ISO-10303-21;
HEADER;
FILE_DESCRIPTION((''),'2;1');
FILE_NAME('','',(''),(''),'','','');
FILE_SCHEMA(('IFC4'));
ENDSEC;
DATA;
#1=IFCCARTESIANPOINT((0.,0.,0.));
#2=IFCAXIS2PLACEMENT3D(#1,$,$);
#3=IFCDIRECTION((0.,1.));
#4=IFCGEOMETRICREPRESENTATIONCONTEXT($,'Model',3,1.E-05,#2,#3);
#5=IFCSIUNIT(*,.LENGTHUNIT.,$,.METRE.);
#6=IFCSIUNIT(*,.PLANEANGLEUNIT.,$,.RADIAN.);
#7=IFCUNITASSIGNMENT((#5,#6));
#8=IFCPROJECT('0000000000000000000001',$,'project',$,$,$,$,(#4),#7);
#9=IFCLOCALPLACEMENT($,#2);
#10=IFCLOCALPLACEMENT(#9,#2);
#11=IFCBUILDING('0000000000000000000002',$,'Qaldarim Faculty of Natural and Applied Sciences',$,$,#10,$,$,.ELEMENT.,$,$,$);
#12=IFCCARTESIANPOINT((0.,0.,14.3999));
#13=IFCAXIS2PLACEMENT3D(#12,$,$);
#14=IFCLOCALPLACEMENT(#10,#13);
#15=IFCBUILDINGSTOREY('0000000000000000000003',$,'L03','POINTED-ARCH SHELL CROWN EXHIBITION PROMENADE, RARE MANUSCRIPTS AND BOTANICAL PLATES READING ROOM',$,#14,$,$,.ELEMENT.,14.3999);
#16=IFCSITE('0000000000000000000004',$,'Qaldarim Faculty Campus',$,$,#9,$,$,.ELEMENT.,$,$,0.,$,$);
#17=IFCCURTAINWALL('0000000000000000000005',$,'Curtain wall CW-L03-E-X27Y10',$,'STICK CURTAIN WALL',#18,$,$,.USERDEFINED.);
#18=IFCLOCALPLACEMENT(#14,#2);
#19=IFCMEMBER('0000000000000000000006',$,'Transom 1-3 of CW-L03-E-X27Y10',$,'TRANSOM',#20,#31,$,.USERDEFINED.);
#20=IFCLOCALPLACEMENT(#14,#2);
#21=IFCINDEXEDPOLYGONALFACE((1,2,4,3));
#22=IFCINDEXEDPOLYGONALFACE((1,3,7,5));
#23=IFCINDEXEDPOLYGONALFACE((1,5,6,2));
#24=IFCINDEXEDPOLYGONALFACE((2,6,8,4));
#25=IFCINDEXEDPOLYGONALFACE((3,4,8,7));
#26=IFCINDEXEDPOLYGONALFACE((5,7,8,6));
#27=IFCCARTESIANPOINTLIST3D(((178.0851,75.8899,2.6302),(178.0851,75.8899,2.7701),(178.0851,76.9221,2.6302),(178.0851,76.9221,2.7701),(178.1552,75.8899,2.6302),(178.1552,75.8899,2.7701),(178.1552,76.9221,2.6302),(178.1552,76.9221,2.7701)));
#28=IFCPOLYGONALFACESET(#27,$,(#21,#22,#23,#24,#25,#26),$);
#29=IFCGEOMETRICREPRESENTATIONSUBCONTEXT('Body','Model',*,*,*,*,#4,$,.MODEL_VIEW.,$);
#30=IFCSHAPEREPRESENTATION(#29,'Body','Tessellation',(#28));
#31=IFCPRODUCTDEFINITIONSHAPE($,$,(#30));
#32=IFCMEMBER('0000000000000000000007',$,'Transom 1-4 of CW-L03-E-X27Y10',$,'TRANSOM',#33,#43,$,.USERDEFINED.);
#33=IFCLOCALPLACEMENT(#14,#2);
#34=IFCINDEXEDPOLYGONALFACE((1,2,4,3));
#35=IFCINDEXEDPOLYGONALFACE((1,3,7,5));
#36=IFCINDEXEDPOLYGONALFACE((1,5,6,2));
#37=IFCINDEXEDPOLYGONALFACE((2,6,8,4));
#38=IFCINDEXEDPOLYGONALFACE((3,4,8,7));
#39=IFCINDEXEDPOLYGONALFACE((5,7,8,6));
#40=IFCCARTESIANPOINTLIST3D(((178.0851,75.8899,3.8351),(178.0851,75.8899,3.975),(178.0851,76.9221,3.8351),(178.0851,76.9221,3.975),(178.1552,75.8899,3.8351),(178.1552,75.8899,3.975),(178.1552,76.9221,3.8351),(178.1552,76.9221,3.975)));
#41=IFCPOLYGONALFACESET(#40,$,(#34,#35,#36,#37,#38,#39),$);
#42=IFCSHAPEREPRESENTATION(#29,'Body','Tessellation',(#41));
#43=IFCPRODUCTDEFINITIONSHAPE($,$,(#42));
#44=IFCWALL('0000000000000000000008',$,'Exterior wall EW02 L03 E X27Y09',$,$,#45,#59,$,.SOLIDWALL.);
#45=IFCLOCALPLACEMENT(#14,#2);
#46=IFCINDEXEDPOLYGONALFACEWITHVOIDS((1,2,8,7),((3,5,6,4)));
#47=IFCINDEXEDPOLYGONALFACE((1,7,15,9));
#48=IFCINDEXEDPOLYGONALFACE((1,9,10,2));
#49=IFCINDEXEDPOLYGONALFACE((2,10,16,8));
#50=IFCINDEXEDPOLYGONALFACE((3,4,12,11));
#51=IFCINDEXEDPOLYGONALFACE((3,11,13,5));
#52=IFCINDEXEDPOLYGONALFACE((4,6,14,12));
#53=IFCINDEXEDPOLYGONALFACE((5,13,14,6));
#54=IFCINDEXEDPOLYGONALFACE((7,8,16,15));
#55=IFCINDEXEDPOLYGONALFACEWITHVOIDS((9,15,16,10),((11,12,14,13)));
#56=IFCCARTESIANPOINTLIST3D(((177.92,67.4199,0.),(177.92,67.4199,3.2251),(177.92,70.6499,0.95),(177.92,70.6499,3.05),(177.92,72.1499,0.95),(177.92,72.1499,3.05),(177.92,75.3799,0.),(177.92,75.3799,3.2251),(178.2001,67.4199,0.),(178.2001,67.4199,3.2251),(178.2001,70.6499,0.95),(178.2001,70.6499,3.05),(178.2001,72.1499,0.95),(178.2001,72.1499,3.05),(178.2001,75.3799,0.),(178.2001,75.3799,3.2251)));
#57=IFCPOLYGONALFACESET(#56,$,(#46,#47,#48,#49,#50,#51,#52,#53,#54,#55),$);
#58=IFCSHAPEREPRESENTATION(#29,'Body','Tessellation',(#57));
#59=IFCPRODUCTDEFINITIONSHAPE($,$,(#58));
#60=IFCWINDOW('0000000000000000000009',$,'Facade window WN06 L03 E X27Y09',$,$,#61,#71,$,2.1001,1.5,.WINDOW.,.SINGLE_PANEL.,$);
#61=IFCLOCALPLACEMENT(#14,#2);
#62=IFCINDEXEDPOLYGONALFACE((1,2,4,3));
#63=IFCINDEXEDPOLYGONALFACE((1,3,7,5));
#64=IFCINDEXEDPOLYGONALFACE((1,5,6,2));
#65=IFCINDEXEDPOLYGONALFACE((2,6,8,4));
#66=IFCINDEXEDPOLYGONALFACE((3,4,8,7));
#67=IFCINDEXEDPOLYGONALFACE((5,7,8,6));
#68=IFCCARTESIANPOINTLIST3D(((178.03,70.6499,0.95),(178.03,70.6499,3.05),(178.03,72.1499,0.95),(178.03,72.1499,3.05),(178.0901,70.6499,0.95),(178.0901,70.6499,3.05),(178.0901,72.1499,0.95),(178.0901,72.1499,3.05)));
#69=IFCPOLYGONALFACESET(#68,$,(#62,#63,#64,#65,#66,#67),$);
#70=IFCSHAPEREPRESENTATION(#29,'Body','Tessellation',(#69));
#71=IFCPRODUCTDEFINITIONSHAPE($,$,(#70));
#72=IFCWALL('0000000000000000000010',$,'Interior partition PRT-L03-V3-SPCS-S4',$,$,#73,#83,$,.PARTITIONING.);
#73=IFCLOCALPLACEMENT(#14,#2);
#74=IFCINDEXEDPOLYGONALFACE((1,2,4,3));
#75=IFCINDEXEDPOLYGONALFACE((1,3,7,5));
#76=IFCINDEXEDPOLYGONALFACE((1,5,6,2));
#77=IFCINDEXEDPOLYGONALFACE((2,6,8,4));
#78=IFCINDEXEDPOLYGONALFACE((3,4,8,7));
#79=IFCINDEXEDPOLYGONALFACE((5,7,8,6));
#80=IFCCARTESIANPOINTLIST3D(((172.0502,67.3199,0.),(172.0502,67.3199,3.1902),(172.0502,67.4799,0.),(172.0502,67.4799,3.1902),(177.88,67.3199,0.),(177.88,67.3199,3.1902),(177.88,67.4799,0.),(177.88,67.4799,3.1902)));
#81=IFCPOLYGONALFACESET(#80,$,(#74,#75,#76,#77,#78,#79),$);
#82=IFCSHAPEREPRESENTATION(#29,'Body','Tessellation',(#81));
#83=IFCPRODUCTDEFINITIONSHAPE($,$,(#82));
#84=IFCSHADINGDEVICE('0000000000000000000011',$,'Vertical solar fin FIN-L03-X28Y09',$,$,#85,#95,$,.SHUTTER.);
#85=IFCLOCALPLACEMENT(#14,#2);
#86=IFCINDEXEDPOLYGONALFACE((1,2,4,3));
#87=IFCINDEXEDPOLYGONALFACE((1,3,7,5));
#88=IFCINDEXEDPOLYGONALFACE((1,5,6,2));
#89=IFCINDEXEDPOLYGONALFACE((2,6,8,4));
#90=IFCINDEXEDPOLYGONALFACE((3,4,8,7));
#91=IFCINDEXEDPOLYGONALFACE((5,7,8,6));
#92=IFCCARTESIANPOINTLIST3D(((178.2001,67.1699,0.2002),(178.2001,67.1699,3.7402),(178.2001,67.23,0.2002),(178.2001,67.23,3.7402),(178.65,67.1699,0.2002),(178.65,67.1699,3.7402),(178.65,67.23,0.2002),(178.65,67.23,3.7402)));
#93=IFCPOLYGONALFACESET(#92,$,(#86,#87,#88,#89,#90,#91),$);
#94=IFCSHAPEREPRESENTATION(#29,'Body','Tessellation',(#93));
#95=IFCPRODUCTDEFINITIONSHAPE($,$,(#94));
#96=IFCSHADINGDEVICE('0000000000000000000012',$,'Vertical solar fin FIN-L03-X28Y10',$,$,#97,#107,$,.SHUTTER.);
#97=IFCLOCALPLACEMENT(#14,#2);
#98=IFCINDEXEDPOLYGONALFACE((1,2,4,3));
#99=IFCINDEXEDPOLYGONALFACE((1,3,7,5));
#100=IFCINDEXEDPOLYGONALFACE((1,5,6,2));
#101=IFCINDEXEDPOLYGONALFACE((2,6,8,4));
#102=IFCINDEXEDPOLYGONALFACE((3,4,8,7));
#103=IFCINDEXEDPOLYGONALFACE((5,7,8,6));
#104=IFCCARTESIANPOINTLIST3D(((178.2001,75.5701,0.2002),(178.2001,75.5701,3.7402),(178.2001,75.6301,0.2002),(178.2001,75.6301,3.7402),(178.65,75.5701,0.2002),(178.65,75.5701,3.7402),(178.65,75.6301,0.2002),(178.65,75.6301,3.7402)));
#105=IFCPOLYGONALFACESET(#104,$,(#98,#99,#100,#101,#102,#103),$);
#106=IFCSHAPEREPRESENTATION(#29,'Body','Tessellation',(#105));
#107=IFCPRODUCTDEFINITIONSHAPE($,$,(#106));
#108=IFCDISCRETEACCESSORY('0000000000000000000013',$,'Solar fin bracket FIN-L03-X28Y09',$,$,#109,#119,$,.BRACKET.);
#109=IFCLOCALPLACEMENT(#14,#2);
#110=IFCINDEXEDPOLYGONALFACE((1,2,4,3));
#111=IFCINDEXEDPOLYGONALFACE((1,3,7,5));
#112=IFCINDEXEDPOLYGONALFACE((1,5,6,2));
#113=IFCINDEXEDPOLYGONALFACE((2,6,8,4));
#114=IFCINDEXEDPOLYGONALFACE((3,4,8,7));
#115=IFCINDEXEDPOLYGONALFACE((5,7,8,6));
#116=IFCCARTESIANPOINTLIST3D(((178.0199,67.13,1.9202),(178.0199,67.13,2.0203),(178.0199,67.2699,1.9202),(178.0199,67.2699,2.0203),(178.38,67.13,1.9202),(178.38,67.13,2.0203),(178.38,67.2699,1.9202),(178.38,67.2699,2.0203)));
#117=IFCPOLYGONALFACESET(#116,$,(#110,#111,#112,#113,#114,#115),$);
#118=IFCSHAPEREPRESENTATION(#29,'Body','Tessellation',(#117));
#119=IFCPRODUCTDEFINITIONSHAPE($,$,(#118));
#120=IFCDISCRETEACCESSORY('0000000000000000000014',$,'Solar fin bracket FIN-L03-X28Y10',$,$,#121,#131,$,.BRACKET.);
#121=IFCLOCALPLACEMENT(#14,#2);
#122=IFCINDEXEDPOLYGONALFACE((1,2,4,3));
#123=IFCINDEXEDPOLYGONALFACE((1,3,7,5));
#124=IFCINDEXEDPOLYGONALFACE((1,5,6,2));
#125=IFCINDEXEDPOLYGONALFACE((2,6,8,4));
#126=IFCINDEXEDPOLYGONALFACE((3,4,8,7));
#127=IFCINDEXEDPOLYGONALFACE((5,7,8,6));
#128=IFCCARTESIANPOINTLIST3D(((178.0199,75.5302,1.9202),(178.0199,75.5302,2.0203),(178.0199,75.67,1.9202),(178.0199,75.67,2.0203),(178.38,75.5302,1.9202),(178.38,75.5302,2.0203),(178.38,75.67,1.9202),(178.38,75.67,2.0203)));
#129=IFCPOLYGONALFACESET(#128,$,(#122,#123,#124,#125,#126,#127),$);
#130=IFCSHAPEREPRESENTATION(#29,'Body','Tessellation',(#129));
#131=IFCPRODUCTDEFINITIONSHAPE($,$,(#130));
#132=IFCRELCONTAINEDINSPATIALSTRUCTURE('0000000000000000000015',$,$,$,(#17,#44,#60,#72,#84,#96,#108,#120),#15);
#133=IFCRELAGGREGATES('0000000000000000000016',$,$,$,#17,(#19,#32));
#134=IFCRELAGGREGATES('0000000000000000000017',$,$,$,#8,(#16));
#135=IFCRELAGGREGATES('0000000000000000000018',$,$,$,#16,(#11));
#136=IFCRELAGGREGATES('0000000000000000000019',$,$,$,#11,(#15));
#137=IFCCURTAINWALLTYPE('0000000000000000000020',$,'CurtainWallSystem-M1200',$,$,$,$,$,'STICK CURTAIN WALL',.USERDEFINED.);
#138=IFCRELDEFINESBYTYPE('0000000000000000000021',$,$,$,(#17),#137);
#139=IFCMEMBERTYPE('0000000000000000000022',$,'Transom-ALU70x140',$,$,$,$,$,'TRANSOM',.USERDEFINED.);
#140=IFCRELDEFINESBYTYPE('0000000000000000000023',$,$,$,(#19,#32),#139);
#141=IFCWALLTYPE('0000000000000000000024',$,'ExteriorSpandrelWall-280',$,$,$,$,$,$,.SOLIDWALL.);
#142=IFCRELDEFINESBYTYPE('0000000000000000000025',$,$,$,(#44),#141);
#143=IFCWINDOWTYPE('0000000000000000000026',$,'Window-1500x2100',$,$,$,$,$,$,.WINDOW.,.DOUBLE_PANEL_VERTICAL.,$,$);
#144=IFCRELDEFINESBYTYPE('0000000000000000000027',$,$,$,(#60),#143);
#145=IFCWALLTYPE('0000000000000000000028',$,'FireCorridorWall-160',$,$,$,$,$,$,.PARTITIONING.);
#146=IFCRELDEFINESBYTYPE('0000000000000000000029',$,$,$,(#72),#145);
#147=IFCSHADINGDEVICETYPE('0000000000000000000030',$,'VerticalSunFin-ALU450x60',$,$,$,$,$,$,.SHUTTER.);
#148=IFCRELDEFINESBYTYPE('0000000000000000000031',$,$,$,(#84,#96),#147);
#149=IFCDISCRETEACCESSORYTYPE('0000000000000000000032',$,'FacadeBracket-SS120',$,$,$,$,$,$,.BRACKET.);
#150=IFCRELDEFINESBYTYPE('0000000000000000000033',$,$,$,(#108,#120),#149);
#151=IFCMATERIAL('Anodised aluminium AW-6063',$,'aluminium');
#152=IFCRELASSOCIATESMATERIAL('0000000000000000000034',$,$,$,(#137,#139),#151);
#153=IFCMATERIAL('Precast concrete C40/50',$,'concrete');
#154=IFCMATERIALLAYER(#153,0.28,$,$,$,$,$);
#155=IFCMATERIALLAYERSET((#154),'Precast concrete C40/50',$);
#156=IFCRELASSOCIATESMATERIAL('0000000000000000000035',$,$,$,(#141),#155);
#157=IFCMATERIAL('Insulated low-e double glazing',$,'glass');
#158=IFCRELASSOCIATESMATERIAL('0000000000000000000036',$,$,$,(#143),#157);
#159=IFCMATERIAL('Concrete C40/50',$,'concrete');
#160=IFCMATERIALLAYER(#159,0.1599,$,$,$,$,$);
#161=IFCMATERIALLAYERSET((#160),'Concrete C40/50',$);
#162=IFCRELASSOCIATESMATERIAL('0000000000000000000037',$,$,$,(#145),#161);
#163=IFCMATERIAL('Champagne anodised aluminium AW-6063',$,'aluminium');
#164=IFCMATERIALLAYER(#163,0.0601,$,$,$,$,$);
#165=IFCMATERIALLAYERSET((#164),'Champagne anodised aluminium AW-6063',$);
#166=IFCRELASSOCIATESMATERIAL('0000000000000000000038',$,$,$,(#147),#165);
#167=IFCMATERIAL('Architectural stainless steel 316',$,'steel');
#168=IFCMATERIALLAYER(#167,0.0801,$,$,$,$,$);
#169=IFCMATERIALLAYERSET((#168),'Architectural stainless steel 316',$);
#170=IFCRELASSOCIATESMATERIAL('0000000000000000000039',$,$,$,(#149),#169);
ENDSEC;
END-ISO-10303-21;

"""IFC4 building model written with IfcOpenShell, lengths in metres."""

from ifc_helpers import new_model, si_unit, direction, frame, frame_2d, origin, origin_2d, place, context, subcontext, project, spatial, rectangle, extrude, material, layer, layer_set, material_profile, profile_set, type_object, element, fill, aggregate, save


model = new_model("IFC4")

# Units and contexts
model_context = context("Model", 3, precision=1e-05, world=origin(), true_north=direction((0.0, 1.0)))
body_context = subcontext(model_context, "Body", "Model", "MODEL_VIEW")
ifc_project = project(units=[si_unit("LENGTHUNIT", "METRE"), si_unit("PLANEANGLEUNIT", "RADIAN")], contexts=[model_context])

# Site, building, storey
site_placement = place(None, origin())
site = spatial("IfcSite", under=ifc_project, at=site_placement, Name="Qaldarim Faculty Campus", CompositionType="ELEMENT", RefElevation=0.0)
building_placement = place(site_placement, origin())
building = spatial("IfcBuilding", under=site, at=building_placement, Name="Qaldarim Faculty of Natural and Applied Sciences", CompositionType="ELEMENT")
storey_placement = place(building_placement, frame((0.0, 0.0, 14.3999)))
storey = spatial("IfcBuildingStorey", under=building, at=storey_placement, Name="L03", Description="POINTED-ARCH SHELL CROWN EXHIBITION PROMENADE, RARE MANUSCRIPTS AND BOTANICAL PLATES READING ROOM", CompositionType="ELEMENT", Elevation=14.3999)

# Shared definitions
ifc_material_1 = material(Name="Concrete C40/50", Category="concrete")

# Curtain wall
ifc_material_2 = material(Name="Anodised aluminium AW-6063", Category="aluminium")
curtain_wall_type = type_object("IfcCurtainWallType", Name="CurtainWallSystem-M1200", ElementType="STICK CURTAIN WALL", PredefinedType="USERDEFINED", material=ifc_material_2)
curtain_wall_placement = place(storey_placement, origin())
curtain_wall = element("IfcCurtainWall", 1, at=curtain_wall_placement, inside=storey, type_object=curtain_wall_type, Name="Curtain wall CW-L03-E-X27Y10", ObjectType="STICK CURTAIN WALL", PredefinedType="USERDEFINED")

# Shared definitions
ifc_material_3 = material(Name="Precast concrete C40/50", Category="concrete")

# Members
ifc_material_profile_1 = material_profile(ifc_material_2, rectangle(XDim=0.0701, YDim=0.1399, at=origin_2d()), Name="ALU-T70x140")
ifc_profile_set_1 = profile_set([ifc_material_profile_1], Name="Anodised aluminium AW-6063")
member_type_1 = type_object("IfcMemberType", Name="Transom-ALU70x140", ElementType="TRANSOM", PredefinedType="USERDEFINED", material=ifc_profile_set_1)
member_1_placement = place(storey_placement, frame((178.1201, 75.8899, 2.7002), z_axis=(0.0, 1.0, 0.0), x_axis=(-1.0, 0.0, 0.0)))
member_1 = element("IfcMember", 2, at=member_1_placement, type_object=member_type_1, Name="Transom 1-3 of CW-L03-E-X27Y10", ObjectType="TRANSOM", PredefinedType="USERDEFINED", context=body_context, shape_type="SweptSolid", body=[
    extrude(rectangle(XDim=0.0701, YDim=0.1399, at=origin_2d()), origin(), (0.0, 0.0, 1.0), 1.0322),
])
member_2_placement = place(storey_placement, frame((178.1201, 75.8899, 3.905), z_axis=(0.0, 1.0, 0.0), x_axis=(-1.0, 0.0, 0.0)))
member_2 = element("IfcMember", 3, at=member_2_placement, type_object=member_type_1, Name="Transom 1-4 of CW-L03-E-X27Y10", ObjectType="TRANSOM", PredefinedType="USERDEFINED", context=body_context, shape_type="SweptSolid", body=[
    extrude(rectangle(XDim=0.0701, YDim=0.1399, at=origin_2d()), origin(), (0.0, 0.0, 1.0), 1.0322),
])
aggregate(curtain_wall, [member_1, member_2])

# Wall, opening, window
ifc_layer_1 = layer(ifc_material_3, 0.28)
ifc_layer_set_1 = layer_set([ifc_layer_1], Name="Precast concrete C40/50")
wall_type_1 = type_object("IfcWallType", Name="ExteriorSpandrelWall-280", PredefinedType="SOLIDWALL", material=ifc_layer_set_1)
wall_1_placement = place(storey_placement, frame((178.0601, 67.4199, 0.0), z_axis=(0.0, 0.0, 1.0), x_axis=(0.0, 1.0, 0.0)))
wall_1 = element("IfcWall", 4, at=wall_1_placement, inside=storey, type_object=wall_type_1, Name="Exterior wall EW02 L03 E X27Y09", PredefinedType="SOLIDWALL", context=body_context, shape_type="SweptSolid", body=[
    extrude(rectangle(XDim=7.96, YDim=0.28, at=frame_2d((3.98, 0.0))), origin(), (0.0, 0.0, 1.0), 3.2251),
])
opening_placement = place(wall_1_placement, frame((3.23, 0.0, 0.95)))
opening = element("IfcOpeningElement", 5, at=opening_placement, cuts=wall_1, PredefinedType="OPENING", context=body_context, shape_type="SweptSolid", body=[
    extrude(rectangle(XDim=1.5, YDim=2.1001, at=frame_2d((0.75, 1.05))), frame((0.0, 0.1499, 0.0), z_axis=(0.0, -1.0, 0.0), x_axis=(1.0, 0.0, 0.0)), (0.0, 0.0, 1.0), 0.3),
])
ifc_material_4 = material(Name="Insulated low-e double glazing", Category="glass")
window_type = type_object("IfcWindowType", Name="Window-1500x2100", PartitioningType="DOUBLE_PANEL_VERTICAL", PredefinedType="WINDOW", material=ifc_material_4)
window_placement = place(opening_placement, origin())
window = element("IfcWindow", 6, at=window_placement, inside=storey, type_object=window_type, Name="Facade window WN06 L03 E X27Y09", OverallHeight=2.1001, OverallWidth=1.5, PartitioningType="SINGLE_PANEL", PredefinedType="WINDOW", context=body_context, shape_type="SweptSolid", body=[
    extrude(rectangle(XDim=1.5, YDim=2.1001, at=frame_2d((0.75, 1.05))), frame((0.0, 0.03, 0.0), z_axis=(0.0, -1.0, 0.0), x_axis=(1.0, 0.0, 0.0)), (0.0, 0.0, 1.0), 0.0601),
])
fill(opening, window)

# Wall
ifc_layer_2 = layer(ifc_material_1, 0.1599)
ifc_layer_set_2 = layer_set([ifc_layer_2], Name="Concrete C40/50")
wall_type_2 = type_object("IfcWallType", Name="FireCorridorWall-160", PredefinedType="PARTITIONING", material=ifc_layer_set_2)
wall_2_placement = place(storey_placement, frame((172.05, 67.3999, 0.0), z_axis=(0.0, 0.0, 1.0), x_axis=(1.0, 0.0, 0.0)))
element("IfcWall", 7, at=wall_2_placement, inside=storey, type_object=wall_type_2, Name="Interior partition PRT-L03-V3-SPCS-S4", PredefinedType="PARTITIONING", context=body_context, shape_type="SweptSolid", body=[
    extrude(rectangle(XDim=5.8298, YDim=0.1599, at=frame_2d((2.915, 0.0))), origin(), (0.0, 0.0, 1.0), 3.1902),
])

# Shading devices
ifc_material_5 = material(Name="Champagne anodised aluminium AW-6063", Category="aluminium")
ifc_layer_3 = layer(ifc_material_5, 0.0601)
ifc_layer_set_3 = layer_set([ifc_layer_3], Name="Champagne anodised aluminium AW-6063")
shading_device_type = type_object("IfcShadingDeviceType", Name="VerticalSunFin-ALU450x60", PredefinedType="SHUTTER", material=ifc_layer_set_3)
for number, where, z_axis, x_axis, name in (
    (8, (178.425, 67.2, 0.2002), (0.0, 0.0, 1.0), (1.0, 0.0, 0.0), "Vertical solar fin FIN-L03-X28Y09"),
    (9, (178.425, 75.6001, 0.2002), (0.0, 0.0, 1.0), (1.0, 0.0, 0.0), "Vertical solar fin FIN-L03-X28Y10"),
):
    element("IfcShadingDevice", number, at=place(storey_placement, frame(where, z_axis=z_axis, x_axis=x_axis)), inside=storey, type_object=shading_device_type, Name=name, PredefinedType="SHUTTER", context=body_context, shape_type="SweptSolid", body=[
        extrude(rectangle(XDim=0.45, YDim=0.0601, at=origin_2d()), origin(), (0.0, 0.0, 1.0), 3.54),
    ])

# Discrete accessories
ifc_material_6 = material(Name="Architectural stainless steel 316", Category="steel")
ifc_layer_4 = layer(ifc_material_6, 0.0801)
ifc_layer_set_4 = layer_set([ifc_layer_4], Name="Architectural stainless steel 316")
discrete_accessory_type = type_object("IfcDiscreteAccessoryType", Name="FacadeBracket-SS120", PredefinedType="BRACKET", material=ifc_layer_set_4)
for number, where, z_axis, x_axis, name in (
    (10, (178.2, 67.2, 1.9202), (0.0, 0.0, 1.0), (1.0, 0.0, 0.0), "Solar fin bracket FIN-L03-X28Y09"),
    (11, (178.2, 75.6001, 1.9202), (0.0, 0.0, 1.0), (1.0, 0.0, 0.0), "Solar fin bracket FIN-L03-X28Y10"),
):
    element("IfcDiscreteAccessory", number, at=place(storey_placement, frame(where, z_axis=z_axis, x_axis=x_axis)), inside=storey, type_object=discrete_accessory_type, Name=name, PredefinedType="BRACKET", context=body_context, shape_type="SweptSolid", body=[
        extrude(rectangle(XDim=0.3601, YDim=0.1399, at=origin_2d()), origin(), (0.0, 0.0, 1.0), 0.1001),
    ])

save(model, "model.ifc")
